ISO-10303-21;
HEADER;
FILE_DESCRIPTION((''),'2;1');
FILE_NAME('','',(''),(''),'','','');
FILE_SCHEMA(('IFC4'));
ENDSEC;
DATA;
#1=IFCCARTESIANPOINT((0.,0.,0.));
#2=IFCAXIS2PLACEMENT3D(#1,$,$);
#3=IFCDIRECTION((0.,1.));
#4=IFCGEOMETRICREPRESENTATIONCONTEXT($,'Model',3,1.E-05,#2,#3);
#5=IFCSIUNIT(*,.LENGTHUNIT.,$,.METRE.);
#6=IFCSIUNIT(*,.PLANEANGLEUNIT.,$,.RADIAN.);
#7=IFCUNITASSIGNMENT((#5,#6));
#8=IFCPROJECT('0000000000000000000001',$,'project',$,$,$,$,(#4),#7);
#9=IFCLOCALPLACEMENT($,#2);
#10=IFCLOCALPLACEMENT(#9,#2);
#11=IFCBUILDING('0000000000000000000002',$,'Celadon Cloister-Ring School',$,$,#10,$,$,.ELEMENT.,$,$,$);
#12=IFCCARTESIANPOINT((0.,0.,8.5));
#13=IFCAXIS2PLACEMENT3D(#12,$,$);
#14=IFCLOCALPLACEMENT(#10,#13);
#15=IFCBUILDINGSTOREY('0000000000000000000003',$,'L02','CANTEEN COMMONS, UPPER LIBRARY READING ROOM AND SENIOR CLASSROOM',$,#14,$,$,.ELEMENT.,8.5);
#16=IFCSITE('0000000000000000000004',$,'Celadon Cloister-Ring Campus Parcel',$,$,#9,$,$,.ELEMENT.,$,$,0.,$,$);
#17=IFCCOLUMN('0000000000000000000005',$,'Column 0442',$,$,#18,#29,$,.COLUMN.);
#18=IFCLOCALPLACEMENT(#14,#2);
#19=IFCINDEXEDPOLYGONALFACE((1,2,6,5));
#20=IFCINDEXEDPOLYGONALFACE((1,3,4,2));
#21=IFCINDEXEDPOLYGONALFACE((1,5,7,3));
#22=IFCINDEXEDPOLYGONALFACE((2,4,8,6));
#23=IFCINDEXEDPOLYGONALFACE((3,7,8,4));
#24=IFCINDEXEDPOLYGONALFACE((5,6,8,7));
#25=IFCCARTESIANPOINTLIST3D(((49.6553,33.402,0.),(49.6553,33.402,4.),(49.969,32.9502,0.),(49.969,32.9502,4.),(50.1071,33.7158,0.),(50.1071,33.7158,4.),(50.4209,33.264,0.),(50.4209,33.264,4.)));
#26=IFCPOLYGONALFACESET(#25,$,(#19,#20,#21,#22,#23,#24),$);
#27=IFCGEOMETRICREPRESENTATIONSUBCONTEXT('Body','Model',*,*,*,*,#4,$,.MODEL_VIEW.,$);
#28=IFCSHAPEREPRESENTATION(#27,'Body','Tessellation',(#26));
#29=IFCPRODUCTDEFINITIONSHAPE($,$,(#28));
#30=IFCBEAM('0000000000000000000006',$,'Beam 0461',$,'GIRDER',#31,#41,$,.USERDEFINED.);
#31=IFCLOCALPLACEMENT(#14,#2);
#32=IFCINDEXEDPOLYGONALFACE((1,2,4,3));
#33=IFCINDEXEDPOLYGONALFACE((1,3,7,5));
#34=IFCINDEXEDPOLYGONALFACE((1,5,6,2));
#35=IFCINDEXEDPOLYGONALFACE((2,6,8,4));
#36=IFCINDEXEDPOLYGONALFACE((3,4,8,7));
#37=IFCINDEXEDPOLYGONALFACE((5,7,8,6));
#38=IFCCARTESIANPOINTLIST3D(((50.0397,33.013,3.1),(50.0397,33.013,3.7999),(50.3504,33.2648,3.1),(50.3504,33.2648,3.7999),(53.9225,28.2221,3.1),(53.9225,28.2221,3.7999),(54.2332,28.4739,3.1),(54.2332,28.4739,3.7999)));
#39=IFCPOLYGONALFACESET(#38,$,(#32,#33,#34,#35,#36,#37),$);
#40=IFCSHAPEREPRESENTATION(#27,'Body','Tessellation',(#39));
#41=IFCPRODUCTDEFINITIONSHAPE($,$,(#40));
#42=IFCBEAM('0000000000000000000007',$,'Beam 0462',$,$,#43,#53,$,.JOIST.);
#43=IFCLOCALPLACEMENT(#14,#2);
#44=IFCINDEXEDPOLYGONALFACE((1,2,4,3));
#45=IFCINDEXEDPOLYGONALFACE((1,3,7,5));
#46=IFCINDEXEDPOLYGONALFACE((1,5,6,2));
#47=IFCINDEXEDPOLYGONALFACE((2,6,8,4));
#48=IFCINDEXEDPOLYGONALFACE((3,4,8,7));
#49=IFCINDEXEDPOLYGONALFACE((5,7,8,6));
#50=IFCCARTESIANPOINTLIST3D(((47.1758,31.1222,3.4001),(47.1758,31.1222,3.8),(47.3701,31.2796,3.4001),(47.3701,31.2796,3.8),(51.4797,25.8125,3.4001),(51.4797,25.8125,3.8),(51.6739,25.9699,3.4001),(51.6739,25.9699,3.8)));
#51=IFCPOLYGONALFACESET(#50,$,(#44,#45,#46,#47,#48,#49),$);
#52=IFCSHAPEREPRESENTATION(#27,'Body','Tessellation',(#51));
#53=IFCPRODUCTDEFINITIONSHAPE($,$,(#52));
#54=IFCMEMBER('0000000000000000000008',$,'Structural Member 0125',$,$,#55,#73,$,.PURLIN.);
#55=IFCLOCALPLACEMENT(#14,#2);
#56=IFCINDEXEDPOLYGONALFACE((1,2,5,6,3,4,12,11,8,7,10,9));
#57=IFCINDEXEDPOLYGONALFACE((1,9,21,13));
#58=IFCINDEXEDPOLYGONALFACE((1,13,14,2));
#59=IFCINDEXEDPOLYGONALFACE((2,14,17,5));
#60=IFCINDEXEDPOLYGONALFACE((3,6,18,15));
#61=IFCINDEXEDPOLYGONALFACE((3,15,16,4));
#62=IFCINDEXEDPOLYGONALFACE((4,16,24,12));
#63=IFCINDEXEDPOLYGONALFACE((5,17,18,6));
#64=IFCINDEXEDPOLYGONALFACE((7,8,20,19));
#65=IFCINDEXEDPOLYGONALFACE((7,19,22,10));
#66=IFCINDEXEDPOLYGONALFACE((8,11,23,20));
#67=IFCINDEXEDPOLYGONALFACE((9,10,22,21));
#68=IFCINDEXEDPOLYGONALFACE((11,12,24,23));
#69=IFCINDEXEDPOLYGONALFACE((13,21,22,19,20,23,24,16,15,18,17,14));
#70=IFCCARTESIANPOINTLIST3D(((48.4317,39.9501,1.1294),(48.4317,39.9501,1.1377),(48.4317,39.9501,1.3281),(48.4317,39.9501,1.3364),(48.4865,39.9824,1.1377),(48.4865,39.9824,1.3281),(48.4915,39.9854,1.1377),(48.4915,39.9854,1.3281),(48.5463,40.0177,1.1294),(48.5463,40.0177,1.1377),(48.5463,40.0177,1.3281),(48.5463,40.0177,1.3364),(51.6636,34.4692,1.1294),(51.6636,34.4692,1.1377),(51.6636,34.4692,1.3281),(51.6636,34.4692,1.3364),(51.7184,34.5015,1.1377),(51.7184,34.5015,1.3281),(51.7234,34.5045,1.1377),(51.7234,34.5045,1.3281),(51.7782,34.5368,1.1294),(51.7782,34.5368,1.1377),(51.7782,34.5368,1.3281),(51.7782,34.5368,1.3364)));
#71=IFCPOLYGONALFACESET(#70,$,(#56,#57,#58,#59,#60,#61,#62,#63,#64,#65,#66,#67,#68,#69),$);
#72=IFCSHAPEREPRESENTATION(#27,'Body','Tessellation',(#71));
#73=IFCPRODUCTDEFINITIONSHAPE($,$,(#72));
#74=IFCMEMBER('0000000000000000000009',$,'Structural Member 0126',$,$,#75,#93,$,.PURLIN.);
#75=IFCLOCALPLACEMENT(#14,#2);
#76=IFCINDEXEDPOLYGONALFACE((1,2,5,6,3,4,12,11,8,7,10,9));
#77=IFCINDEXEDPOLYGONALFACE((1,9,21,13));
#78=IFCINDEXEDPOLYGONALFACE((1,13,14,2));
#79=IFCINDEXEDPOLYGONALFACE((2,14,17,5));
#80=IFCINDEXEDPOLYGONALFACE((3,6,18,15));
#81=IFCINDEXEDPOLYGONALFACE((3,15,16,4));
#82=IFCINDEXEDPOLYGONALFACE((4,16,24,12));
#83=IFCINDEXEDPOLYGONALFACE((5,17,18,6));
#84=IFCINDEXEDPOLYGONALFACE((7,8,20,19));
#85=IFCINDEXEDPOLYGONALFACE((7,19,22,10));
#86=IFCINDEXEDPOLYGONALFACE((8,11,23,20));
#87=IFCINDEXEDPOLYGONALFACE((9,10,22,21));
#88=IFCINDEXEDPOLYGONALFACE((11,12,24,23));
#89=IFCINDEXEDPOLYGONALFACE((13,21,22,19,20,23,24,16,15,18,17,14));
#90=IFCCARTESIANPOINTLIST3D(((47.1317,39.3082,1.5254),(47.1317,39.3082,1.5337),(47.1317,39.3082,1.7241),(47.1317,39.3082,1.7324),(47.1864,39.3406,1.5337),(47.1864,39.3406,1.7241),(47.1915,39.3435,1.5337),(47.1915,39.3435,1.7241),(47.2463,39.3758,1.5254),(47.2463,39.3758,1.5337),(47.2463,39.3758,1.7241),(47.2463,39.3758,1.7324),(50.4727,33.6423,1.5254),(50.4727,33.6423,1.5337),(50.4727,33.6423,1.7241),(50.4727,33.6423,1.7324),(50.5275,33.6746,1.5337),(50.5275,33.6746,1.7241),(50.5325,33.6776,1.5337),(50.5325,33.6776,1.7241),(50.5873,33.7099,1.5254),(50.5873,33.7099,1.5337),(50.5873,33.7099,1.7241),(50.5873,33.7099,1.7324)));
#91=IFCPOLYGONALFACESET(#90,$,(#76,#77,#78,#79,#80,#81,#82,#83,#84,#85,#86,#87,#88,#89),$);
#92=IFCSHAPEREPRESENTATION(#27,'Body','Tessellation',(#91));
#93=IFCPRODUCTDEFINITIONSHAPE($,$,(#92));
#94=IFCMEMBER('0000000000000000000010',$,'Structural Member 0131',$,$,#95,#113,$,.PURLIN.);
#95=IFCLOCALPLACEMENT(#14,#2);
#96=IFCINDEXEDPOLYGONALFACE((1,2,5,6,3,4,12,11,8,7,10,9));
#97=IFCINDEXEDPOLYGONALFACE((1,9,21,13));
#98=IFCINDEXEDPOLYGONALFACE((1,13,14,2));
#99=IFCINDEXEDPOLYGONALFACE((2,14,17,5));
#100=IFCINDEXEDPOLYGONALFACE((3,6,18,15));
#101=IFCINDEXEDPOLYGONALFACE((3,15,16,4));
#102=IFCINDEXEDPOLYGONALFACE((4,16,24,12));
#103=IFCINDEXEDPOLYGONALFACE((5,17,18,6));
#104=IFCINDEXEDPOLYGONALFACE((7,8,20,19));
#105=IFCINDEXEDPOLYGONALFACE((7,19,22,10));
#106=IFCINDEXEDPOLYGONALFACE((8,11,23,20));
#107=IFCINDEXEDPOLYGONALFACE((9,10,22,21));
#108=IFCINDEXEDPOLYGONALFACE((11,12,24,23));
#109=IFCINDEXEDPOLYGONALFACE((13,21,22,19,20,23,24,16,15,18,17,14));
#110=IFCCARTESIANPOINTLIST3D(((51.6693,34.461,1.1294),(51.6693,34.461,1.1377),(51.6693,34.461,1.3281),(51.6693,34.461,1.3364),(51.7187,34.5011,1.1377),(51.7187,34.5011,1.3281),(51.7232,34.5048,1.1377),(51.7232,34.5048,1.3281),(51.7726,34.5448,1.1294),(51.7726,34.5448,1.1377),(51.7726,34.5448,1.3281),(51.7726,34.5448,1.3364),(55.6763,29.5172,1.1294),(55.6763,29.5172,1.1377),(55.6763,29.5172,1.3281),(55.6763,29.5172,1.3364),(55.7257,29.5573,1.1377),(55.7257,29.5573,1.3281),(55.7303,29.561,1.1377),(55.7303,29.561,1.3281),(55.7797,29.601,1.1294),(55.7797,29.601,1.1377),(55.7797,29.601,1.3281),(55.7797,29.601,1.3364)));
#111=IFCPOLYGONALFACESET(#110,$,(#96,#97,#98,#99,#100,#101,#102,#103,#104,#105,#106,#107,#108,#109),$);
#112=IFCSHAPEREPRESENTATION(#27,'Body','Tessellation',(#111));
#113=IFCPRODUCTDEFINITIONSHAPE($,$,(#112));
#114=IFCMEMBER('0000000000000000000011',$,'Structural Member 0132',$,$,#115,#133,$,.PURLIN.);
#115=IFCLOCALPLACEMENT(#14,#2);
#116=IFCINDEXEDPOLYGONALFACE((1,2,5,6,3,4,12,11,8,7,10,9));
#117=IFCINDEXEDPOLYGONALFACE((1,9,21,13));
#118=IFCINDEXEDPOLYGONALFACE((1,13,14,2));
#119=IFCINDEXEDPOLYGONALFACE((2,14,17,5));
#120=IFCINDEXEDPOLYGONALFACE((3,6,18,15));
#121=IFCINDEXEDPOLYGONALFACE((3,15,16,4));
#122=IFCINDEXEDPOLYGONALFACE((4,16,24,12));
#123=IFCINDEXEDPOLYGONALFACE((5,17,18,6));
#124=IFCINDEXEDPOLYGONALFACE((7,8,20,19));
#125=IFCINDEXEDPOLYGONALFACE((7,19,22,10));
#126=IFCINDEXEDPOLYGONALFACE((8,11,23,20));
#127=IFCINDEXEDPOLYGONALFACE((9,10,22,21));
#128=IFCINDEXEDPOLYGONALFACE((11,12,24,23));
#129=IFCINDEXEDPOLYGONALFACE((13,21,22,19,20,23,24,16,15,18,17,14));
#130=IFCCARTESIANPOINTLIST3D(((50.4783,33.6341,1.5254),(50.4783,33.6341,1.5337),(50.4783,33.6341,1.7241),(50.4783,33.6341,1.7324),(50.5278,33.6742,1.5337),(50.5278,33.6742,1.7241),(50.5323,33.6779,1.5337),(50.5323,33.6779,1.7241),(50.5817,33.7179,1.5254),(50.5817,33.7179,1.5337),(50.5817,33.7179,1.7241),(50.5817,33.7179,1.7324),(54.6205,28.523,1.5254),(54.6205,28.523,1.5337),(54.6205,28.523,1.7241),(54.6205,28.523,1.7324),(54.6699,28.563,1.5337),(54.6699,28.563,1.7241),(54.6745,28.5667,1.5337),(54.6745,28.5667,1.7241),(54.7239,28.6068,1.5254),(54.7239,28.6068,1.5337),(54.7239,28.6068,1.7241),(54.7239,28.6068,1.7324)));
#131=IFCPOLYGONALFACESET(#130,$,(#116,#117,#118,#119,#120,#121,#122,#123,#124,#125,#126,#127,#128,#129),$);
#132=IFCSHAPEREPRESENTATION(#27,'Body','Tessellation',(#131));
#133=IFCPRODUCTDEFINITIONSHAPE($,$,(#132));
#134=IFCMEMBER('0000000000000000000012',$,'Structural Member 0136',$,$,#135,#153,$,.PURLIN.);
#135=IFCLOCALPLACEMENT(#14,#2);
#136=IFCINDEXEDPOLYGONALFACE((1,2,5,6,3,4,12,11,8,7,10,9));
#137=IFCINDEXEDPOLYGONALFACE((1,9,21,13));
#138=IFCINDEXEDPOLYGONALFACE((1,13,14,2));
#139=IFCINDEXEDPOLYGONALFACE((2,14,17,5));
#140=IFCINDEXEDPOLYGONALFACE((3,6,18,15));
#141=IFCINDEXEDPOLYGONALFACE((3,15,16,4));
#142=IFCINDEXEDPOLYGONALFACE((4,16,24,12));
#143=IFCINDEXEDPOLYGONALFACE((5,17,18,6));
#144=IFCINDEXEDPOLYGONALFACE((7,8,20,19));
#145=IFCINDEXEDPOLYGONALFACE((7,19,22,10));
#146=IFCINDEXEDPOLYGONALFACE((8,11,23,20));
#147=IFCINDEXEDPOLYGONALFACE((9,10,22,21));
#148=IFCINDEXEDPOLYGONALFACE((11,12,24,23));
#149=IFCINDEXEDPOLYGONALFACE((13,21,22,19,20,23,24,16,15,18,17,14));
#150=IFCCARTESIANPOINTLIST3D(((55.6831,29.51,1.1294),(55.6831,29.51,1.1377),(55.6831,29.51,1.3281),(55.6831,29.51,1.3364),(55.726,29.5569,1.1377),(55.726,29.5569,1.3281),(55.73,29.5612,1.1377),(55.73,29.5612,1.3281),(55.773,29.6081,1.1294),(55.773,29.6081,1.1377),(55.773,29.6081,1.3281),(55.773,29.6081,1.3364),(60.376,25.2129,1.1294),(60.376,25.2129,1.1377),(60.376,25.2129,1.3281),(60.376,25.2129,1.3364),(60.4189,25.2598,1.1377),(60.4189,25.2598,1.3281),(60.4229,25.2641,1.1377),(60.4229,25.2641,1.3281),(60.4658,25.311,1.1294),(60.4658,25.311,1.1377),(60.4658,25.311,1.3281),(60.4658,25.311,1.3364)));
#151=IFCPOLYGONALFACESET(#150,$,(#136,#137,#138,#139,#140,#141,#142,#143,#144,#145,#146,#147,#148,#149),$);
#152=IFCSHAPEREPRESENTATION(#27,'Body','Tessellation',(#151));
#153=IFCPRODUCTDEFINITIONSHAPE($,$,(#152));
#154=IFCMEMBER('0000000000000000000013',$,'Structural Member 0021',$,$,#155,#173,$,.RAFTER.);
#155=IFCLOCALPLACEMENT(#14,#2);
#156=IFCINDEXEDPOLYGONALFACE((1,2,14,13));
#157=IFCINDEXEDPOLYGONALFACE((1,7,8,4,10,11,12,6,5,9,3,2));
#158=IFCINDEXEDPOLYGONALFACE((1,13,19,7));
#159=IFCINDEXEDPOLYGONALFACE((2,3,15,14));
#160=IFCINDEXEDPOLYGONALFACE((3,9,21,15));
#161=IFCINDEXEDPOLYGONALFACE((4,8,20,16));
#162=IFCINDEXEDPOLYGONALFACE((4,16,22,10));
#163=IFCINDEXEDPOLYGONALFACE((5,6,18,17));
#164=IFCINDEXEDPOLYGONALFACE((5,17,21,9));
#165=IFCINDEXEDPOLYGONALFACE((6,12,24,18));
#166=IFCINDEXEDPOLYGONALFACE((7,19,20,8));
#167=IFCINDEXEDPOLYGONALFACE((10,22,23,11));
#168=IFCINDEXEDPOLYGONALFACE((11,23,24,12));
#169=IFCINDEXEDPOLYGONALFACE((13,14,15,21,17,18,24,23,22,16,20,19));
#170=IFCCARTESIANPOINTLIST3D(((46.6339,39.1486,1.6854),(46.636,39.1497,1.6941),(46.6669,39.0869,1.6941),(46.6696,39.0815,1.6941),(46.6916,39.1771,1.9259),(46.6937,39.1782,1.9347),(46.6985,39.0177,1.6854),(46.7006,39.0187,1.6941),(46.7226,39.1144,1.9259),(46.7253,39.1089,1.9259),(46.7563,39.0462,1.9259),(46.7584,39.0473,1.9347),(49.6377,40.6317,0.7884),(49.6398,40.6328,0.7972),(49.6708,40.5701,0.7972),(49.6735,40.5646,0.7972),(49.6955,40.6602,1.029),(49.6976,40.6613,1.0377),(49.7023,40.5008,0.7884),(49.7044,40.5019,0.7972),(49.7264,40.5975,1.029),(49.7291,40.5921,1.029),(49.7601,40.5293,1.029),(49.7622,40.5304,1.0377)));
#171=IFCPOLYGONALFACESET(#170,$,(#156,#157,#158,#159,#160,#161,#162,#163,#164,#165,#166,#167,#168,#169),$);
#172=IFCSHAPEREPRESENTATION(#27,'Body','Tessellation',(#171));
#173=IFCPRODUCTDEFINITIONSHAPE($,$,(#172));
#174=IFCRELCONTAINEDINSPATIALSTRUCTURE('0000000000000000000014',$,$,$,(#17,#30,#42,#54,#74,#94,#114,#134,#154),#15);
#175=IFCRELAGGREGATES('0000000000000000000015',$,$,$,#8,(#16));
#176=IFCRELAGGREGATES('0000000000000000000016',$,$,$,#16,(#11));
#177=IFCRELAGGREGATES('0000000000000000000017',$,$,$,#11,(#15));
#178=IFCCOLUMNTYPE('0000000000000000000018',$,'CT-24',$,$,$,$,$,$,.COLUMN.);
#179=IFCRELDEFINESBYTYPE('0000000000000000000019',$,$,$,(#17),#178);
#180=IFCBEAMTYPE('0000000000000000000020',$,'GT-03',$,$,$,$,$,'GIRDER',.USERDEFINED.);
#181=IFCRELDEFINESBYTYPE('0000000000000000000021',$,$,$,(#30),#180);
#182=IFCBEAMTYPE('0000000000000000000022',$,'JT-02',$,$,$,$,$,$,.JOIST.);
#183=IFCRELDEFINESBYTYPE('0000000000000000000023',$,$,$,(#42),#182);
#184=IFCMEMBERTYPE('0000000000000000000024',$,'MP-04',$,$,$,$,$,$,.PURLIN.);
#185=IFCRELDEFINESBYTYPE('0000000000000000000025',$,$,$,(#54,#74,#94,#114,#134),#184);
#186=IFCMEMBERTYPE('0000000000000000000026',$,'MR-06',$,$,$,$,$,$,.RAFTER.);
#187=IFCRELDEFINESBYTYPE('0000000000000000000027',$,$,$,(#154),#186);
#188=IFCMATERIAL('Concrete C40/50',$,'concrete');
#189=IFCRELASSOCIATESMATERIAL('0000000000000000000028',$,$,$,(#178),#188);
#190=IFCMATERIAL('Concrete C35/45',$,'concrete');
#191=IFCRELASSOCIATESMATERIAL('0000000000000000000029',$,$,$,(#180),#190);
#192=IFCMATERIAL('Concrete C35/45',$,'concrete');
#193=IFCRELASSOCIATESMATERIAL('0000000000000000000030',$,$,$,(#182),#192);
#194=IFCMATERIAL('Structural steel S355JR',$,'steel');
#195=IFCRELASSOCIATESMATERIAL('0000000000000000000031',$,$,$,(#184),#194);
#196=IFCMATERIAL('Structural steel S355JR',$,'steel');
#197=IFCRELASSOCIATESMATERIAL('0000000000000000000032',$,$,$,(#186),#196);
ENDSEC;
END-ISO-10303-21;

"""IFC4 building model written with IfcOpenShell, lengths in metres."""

from ifc_helpers import new_model, si_unit, direction, frame, origin, origin_2d, place, context, subcontext, project, spatial, rectangle, i_section, extrude, material, material_profile, profile_set, type_object, element, save


model = new_model("IFC4")

# Units and contexts
model_context = context("Model", 3, precision=1e-05, world=origin(), true_north=direction((0.0, 1.0)))
body_context = subcontext(model_context, "Body", "Model", "MODEL_VIEW")
ifc_project = project(units=[si_unit("LENGTHUNIT", "METRE"), si_unit("PLANEANGLEUNIT", "RADIAN")], contexts=[model_context])

# Site, building, storey
site_placement = place(None, origin())
site = spatial("IfcSite", under=ifc_project, at=site_placement, Name="Celadon Cloister-Ring Campus Parcel", CompositionType="ELEMENT", RefElevation=0.0)
building_placement = place(site_placement, origin())
building = spatial("IfcBuilding", under=site, at=building_placement, Name="Celadon Cloister-Ring School", CompositionType="ELEMENT")
storey_placement = place(building_placement, frame((0.0, 0.0, 8.5)))
storey = spatial("IfcBuildingStorey", under=building, at=storey_placement, Name="L02", Description="CANTEEN COMMONS, UPPER LIBRARY READING ROOM AND SENIOR CLASSROOM", CompositionType="ELEMENT", Elevation=8.5)

# Column
ifc_material_1 = material(Name="Concrete C40/50", Category="concrete")
ifc_material_profile_1 = material_profile(ifc_material_1, rectangle(XDim=0.55, YDim=0.55, at=origin_2d()), Name="RC550X550")
ifc_profile_set_1 = profile_set([ifc_material_profile_1], Name="Concrete C40/50")
column_type = type_object("IfcColumnType", Name="CT-24", PredefinedType="COLUMN", material=ifc_profile_set_1)
column_placement = place(storey_placement, frame((50.0381, 33.333, 0.0), z_axis=(0.0, 0.0, 1.0), x_axis=(-0.821388, -0.57037, 0.0)))
element("IfcColumn", 1, at=column_placement, inside=storey, type_object=column_type, Name="Column 0442", PredefinedType="COLUMN", context=body_context, shape_type="SweptSolid", body=[
    extrude(rectangle(XDim=0.55, YDim=0.55, at=origin_2d()), origin(), (0.0, 0.0, 1.0), 4.0),
])

# Beams
ifc_material_2 = material(Name="Concrete C35/45", Category="concrete")
ifc_material_profile_2 = material_profile(ifc_material_2, rectangle(XDim=0.3999, YDim=0.7, at=origin_2d()), Name="RC400X700")
ifc_profile_set_2 = profile_set([ifc_material_profile_2], Name="Concrete C35/45")
beam_type_1 = type_object("IfcBeamType", Name="GT-03", ElementType="GIRDER", PredefinedType="USERDEFINED", material=ifc_profile_set_2)
beam_1_placement = place(storey_placement, frame((50.1951, 33.1389, 3.45), z_axis=(0.629626, -0.776898, 0.0), x_axis=(0.776898, 0.629626, 0.0)))
element("IfcBeam", 2, at=beam_1_placement, inside=storey, type_object=beam_type_1, Name="Beam 0461", ObjectType="GIRDER", PredefinedType="USERDEFINED", context=body_context, shape_type="SweptSolid", body=[
    extrude(rectangle(XDim=0.3999, YDim=0.7, at=origin_2d()), origin(), (0.0, 0.0, 1.0), 6.1667),
])
ifc_material_3 = material(Name="Concrete C35/45", Category="concrete")
ifc_material_profile_3 = material_profile(ifc_material_3, rectangle(XDim=0.25, YDim=0.3999, at=origin_2d()), Name="RC250X400")
ifc_profile_set_3 = profile_set([ifc_material_profile_3], Name="Concrete C35/45")
beam_type_2 = type_object("IfcBeamType", Name="JT-02", PredefinedType="JOIST", material=ifc_profile_set_3)
beam_2_placement = place(storey_placement, frame((47.2729, 31.2009, 3.6001), z_axis=(0.629687, -0.776849, 0.0), x_axis=(0.776849, 0.629687, 0.0)))
element("IfcBeam", 3, at=beam_2_placement, inside=storey, type_object=beam_type_2, Name="Beam 0462", PredefinedType="JOIST", context=body_context, shape_type="SweptSolid", body=[
    extrude(rectangle(XDim=0.25, YDim=0.3999, at=origin_2d()), origin(), (0.0, 0.0, 1.0), 6.835),
])

# Members
ifc_material_4 = material(Name="Structural steel S355JR", Category="steel")
ifc_material_profile_4 = material_profile(ifc_material_4, i_section(OverallWidth=0.1331, OverallDepth=0.207, WebThickness=0.0059, FlangeThickness=0.0083, at=origin_2d()), Name="W200X27")
ifc_profile_set_4 = profile_set([ifc_material_profile_4], Name="Structural steel S355JR")
member_type_1 = type_object("IfcMemberType", Name="MP-04", PredefinedType="PURLIN", material=ifc_profile_set_4)
member_1_placement = place(storey_placement, frame((48.489, 39.9839, 1.2329), z_axis=(0.507935, -0.861395, 0.0), x_axis=(0.861395, 0.507935, 0.0)))
element("IfcMember", 4, at=member_1_placement, inside=storey, type_object=member_type_1, Name="Structural Member 0125", PredefinedType="PURLIN", context=body_context, shape_type="SweptSolid", body=[
    extrude(i_section(OverallWidth=0.1331, OverallDepth=0.207, WebThickness=0.0059, FlangeThickness=0.0083, at=origin_2d()), origin(), (0.0, 0.0, 1.0), 6.3628),
])
member_2_placement = place(storey_placement, frame((47.189, 39.342, 1.6289), z_axis=(0.507936, -0.861395, 0.0), x_axis=(0.861395, 0.507936, 0.0)))
element("IfcMember", 5, at=member_2_placement, inside=storey, type_object=member_type_1, Name="Structural Member 0126", PredefinedType="PURLIN", context=body_context, shape_type="SweptSolid", body=[
    extrude(i_section(OverallWidth=0.1331, OverallDepth=0.207, WebThickness=0.0059, FlangeThickness=0.0083, at=origin_2d()), origin(), (0.0, 0.0, 1.0), 6.5776),
])
member_3_placement = place(storey_placement, frame((51.7209, 34.5029, 1.2329), z_axis=(0.629665, -0.776867, 0.0), x_axis=(0.776867, 0.629665, 0.0)))
element("IfcMember", 6, at=member_3_placement, inside=storey, type_object=member_type_1, Name="Structural Member 0131", PredefinedType="PURLIN", context=body_context, shape_type="SweptSolid", body=[
    extrude(i_section(OverallWidth=0.1331, OverallDepth=0.207, WebThickness=0.0059, FlangeThickness=0.0083, at=origin_2d()), origin(), (0.0, 0.0, 1.0), 6.3638),
])
member_4_placement = place(storey_placement, frame((50.53, 33.676, 1.6289), z_axis=(0.629616, -0.776907, 0.0), x_axis=(0.776907, 0.629616, 0.0)))
element("IfcMember", 7, at=member_4_placement, inside=storey, type_object=member_type_1, Name="Structural Member 0132", PredefinedType="PURLIN", context=body_context, shape_type="SweptSolid", body=[
    extrude(i_section(OverallWidth=0.1331, OverallDepth=0.207, WebThickness=0.0059, FlangeThickness=0.0083, at=origin_2d()), origin(), (0.0, 0.0, 1.0), 6.5789),
])
member_5_placement = place(storey_placement, frame((55.728, 29.5591, 1.2329), z_axis=(0.73752, -0.675325, 0.0), x_axis=(0.675325, 0.73752, 0.0)))
element("IfcMember", 8, at=member_5_placement, inside=storey, type_object=member_type_1, Name="Structural Member 0136", PredefinedType="PURLIN", context=body_context, shape_type="SweptSolid", body=[
    extrude(i_section(OverallWidth=0.1331, OverallDepth=0.207, WebThickness=0.0059, FlangeThickness=0.0083, at=origin_2d()), origin(), (0.0, 0.0, 1.0), 6.363),
])
ifc_material_5 = material(Name="Structural steel S355JR", Category="steel")
ifc_material_profile_5 = material_profile(ifc_material_5, i_section(OverallWidth=0.146, OverallDepth=0.2581, WebThickness=0.0061, FlangeThickness=0.009, at=origin_2d()), Name="W250X33")
ifc_profile_set_5 = profile_set([ifc_material_profile_5], Name="Structural steel S355JR")
member_type_2 = type_object("IfcMemberType", Name="MR-06", PredefinedType="RAFTER", material=ifc_profile_set_5)
member_6_placement = place(storey_placement, frame((49.7, 40.5811, 0.9131), z_axis=(-0.866152, -0.427655, 0.258635), x_axis=(0.442719, -0.89666, 0.0)))
element("IfcMember", 9, at=member_6_placement, inside=storey, type_object=member_type_2, Name="Structural Member 0021", PredefinedType="RAFTER", context=body_context, shape_type="SweptSolid", body=[
    extrude(i_section(OverallWidth=0.146, OverallDepth=0.2581, WebThickness=0.0061, FlangeThickness=0.009, at=origin_2d()), origin(), (0.0, 0.0, 1.0), 3.468),
])

save(model, "model.ifc")
